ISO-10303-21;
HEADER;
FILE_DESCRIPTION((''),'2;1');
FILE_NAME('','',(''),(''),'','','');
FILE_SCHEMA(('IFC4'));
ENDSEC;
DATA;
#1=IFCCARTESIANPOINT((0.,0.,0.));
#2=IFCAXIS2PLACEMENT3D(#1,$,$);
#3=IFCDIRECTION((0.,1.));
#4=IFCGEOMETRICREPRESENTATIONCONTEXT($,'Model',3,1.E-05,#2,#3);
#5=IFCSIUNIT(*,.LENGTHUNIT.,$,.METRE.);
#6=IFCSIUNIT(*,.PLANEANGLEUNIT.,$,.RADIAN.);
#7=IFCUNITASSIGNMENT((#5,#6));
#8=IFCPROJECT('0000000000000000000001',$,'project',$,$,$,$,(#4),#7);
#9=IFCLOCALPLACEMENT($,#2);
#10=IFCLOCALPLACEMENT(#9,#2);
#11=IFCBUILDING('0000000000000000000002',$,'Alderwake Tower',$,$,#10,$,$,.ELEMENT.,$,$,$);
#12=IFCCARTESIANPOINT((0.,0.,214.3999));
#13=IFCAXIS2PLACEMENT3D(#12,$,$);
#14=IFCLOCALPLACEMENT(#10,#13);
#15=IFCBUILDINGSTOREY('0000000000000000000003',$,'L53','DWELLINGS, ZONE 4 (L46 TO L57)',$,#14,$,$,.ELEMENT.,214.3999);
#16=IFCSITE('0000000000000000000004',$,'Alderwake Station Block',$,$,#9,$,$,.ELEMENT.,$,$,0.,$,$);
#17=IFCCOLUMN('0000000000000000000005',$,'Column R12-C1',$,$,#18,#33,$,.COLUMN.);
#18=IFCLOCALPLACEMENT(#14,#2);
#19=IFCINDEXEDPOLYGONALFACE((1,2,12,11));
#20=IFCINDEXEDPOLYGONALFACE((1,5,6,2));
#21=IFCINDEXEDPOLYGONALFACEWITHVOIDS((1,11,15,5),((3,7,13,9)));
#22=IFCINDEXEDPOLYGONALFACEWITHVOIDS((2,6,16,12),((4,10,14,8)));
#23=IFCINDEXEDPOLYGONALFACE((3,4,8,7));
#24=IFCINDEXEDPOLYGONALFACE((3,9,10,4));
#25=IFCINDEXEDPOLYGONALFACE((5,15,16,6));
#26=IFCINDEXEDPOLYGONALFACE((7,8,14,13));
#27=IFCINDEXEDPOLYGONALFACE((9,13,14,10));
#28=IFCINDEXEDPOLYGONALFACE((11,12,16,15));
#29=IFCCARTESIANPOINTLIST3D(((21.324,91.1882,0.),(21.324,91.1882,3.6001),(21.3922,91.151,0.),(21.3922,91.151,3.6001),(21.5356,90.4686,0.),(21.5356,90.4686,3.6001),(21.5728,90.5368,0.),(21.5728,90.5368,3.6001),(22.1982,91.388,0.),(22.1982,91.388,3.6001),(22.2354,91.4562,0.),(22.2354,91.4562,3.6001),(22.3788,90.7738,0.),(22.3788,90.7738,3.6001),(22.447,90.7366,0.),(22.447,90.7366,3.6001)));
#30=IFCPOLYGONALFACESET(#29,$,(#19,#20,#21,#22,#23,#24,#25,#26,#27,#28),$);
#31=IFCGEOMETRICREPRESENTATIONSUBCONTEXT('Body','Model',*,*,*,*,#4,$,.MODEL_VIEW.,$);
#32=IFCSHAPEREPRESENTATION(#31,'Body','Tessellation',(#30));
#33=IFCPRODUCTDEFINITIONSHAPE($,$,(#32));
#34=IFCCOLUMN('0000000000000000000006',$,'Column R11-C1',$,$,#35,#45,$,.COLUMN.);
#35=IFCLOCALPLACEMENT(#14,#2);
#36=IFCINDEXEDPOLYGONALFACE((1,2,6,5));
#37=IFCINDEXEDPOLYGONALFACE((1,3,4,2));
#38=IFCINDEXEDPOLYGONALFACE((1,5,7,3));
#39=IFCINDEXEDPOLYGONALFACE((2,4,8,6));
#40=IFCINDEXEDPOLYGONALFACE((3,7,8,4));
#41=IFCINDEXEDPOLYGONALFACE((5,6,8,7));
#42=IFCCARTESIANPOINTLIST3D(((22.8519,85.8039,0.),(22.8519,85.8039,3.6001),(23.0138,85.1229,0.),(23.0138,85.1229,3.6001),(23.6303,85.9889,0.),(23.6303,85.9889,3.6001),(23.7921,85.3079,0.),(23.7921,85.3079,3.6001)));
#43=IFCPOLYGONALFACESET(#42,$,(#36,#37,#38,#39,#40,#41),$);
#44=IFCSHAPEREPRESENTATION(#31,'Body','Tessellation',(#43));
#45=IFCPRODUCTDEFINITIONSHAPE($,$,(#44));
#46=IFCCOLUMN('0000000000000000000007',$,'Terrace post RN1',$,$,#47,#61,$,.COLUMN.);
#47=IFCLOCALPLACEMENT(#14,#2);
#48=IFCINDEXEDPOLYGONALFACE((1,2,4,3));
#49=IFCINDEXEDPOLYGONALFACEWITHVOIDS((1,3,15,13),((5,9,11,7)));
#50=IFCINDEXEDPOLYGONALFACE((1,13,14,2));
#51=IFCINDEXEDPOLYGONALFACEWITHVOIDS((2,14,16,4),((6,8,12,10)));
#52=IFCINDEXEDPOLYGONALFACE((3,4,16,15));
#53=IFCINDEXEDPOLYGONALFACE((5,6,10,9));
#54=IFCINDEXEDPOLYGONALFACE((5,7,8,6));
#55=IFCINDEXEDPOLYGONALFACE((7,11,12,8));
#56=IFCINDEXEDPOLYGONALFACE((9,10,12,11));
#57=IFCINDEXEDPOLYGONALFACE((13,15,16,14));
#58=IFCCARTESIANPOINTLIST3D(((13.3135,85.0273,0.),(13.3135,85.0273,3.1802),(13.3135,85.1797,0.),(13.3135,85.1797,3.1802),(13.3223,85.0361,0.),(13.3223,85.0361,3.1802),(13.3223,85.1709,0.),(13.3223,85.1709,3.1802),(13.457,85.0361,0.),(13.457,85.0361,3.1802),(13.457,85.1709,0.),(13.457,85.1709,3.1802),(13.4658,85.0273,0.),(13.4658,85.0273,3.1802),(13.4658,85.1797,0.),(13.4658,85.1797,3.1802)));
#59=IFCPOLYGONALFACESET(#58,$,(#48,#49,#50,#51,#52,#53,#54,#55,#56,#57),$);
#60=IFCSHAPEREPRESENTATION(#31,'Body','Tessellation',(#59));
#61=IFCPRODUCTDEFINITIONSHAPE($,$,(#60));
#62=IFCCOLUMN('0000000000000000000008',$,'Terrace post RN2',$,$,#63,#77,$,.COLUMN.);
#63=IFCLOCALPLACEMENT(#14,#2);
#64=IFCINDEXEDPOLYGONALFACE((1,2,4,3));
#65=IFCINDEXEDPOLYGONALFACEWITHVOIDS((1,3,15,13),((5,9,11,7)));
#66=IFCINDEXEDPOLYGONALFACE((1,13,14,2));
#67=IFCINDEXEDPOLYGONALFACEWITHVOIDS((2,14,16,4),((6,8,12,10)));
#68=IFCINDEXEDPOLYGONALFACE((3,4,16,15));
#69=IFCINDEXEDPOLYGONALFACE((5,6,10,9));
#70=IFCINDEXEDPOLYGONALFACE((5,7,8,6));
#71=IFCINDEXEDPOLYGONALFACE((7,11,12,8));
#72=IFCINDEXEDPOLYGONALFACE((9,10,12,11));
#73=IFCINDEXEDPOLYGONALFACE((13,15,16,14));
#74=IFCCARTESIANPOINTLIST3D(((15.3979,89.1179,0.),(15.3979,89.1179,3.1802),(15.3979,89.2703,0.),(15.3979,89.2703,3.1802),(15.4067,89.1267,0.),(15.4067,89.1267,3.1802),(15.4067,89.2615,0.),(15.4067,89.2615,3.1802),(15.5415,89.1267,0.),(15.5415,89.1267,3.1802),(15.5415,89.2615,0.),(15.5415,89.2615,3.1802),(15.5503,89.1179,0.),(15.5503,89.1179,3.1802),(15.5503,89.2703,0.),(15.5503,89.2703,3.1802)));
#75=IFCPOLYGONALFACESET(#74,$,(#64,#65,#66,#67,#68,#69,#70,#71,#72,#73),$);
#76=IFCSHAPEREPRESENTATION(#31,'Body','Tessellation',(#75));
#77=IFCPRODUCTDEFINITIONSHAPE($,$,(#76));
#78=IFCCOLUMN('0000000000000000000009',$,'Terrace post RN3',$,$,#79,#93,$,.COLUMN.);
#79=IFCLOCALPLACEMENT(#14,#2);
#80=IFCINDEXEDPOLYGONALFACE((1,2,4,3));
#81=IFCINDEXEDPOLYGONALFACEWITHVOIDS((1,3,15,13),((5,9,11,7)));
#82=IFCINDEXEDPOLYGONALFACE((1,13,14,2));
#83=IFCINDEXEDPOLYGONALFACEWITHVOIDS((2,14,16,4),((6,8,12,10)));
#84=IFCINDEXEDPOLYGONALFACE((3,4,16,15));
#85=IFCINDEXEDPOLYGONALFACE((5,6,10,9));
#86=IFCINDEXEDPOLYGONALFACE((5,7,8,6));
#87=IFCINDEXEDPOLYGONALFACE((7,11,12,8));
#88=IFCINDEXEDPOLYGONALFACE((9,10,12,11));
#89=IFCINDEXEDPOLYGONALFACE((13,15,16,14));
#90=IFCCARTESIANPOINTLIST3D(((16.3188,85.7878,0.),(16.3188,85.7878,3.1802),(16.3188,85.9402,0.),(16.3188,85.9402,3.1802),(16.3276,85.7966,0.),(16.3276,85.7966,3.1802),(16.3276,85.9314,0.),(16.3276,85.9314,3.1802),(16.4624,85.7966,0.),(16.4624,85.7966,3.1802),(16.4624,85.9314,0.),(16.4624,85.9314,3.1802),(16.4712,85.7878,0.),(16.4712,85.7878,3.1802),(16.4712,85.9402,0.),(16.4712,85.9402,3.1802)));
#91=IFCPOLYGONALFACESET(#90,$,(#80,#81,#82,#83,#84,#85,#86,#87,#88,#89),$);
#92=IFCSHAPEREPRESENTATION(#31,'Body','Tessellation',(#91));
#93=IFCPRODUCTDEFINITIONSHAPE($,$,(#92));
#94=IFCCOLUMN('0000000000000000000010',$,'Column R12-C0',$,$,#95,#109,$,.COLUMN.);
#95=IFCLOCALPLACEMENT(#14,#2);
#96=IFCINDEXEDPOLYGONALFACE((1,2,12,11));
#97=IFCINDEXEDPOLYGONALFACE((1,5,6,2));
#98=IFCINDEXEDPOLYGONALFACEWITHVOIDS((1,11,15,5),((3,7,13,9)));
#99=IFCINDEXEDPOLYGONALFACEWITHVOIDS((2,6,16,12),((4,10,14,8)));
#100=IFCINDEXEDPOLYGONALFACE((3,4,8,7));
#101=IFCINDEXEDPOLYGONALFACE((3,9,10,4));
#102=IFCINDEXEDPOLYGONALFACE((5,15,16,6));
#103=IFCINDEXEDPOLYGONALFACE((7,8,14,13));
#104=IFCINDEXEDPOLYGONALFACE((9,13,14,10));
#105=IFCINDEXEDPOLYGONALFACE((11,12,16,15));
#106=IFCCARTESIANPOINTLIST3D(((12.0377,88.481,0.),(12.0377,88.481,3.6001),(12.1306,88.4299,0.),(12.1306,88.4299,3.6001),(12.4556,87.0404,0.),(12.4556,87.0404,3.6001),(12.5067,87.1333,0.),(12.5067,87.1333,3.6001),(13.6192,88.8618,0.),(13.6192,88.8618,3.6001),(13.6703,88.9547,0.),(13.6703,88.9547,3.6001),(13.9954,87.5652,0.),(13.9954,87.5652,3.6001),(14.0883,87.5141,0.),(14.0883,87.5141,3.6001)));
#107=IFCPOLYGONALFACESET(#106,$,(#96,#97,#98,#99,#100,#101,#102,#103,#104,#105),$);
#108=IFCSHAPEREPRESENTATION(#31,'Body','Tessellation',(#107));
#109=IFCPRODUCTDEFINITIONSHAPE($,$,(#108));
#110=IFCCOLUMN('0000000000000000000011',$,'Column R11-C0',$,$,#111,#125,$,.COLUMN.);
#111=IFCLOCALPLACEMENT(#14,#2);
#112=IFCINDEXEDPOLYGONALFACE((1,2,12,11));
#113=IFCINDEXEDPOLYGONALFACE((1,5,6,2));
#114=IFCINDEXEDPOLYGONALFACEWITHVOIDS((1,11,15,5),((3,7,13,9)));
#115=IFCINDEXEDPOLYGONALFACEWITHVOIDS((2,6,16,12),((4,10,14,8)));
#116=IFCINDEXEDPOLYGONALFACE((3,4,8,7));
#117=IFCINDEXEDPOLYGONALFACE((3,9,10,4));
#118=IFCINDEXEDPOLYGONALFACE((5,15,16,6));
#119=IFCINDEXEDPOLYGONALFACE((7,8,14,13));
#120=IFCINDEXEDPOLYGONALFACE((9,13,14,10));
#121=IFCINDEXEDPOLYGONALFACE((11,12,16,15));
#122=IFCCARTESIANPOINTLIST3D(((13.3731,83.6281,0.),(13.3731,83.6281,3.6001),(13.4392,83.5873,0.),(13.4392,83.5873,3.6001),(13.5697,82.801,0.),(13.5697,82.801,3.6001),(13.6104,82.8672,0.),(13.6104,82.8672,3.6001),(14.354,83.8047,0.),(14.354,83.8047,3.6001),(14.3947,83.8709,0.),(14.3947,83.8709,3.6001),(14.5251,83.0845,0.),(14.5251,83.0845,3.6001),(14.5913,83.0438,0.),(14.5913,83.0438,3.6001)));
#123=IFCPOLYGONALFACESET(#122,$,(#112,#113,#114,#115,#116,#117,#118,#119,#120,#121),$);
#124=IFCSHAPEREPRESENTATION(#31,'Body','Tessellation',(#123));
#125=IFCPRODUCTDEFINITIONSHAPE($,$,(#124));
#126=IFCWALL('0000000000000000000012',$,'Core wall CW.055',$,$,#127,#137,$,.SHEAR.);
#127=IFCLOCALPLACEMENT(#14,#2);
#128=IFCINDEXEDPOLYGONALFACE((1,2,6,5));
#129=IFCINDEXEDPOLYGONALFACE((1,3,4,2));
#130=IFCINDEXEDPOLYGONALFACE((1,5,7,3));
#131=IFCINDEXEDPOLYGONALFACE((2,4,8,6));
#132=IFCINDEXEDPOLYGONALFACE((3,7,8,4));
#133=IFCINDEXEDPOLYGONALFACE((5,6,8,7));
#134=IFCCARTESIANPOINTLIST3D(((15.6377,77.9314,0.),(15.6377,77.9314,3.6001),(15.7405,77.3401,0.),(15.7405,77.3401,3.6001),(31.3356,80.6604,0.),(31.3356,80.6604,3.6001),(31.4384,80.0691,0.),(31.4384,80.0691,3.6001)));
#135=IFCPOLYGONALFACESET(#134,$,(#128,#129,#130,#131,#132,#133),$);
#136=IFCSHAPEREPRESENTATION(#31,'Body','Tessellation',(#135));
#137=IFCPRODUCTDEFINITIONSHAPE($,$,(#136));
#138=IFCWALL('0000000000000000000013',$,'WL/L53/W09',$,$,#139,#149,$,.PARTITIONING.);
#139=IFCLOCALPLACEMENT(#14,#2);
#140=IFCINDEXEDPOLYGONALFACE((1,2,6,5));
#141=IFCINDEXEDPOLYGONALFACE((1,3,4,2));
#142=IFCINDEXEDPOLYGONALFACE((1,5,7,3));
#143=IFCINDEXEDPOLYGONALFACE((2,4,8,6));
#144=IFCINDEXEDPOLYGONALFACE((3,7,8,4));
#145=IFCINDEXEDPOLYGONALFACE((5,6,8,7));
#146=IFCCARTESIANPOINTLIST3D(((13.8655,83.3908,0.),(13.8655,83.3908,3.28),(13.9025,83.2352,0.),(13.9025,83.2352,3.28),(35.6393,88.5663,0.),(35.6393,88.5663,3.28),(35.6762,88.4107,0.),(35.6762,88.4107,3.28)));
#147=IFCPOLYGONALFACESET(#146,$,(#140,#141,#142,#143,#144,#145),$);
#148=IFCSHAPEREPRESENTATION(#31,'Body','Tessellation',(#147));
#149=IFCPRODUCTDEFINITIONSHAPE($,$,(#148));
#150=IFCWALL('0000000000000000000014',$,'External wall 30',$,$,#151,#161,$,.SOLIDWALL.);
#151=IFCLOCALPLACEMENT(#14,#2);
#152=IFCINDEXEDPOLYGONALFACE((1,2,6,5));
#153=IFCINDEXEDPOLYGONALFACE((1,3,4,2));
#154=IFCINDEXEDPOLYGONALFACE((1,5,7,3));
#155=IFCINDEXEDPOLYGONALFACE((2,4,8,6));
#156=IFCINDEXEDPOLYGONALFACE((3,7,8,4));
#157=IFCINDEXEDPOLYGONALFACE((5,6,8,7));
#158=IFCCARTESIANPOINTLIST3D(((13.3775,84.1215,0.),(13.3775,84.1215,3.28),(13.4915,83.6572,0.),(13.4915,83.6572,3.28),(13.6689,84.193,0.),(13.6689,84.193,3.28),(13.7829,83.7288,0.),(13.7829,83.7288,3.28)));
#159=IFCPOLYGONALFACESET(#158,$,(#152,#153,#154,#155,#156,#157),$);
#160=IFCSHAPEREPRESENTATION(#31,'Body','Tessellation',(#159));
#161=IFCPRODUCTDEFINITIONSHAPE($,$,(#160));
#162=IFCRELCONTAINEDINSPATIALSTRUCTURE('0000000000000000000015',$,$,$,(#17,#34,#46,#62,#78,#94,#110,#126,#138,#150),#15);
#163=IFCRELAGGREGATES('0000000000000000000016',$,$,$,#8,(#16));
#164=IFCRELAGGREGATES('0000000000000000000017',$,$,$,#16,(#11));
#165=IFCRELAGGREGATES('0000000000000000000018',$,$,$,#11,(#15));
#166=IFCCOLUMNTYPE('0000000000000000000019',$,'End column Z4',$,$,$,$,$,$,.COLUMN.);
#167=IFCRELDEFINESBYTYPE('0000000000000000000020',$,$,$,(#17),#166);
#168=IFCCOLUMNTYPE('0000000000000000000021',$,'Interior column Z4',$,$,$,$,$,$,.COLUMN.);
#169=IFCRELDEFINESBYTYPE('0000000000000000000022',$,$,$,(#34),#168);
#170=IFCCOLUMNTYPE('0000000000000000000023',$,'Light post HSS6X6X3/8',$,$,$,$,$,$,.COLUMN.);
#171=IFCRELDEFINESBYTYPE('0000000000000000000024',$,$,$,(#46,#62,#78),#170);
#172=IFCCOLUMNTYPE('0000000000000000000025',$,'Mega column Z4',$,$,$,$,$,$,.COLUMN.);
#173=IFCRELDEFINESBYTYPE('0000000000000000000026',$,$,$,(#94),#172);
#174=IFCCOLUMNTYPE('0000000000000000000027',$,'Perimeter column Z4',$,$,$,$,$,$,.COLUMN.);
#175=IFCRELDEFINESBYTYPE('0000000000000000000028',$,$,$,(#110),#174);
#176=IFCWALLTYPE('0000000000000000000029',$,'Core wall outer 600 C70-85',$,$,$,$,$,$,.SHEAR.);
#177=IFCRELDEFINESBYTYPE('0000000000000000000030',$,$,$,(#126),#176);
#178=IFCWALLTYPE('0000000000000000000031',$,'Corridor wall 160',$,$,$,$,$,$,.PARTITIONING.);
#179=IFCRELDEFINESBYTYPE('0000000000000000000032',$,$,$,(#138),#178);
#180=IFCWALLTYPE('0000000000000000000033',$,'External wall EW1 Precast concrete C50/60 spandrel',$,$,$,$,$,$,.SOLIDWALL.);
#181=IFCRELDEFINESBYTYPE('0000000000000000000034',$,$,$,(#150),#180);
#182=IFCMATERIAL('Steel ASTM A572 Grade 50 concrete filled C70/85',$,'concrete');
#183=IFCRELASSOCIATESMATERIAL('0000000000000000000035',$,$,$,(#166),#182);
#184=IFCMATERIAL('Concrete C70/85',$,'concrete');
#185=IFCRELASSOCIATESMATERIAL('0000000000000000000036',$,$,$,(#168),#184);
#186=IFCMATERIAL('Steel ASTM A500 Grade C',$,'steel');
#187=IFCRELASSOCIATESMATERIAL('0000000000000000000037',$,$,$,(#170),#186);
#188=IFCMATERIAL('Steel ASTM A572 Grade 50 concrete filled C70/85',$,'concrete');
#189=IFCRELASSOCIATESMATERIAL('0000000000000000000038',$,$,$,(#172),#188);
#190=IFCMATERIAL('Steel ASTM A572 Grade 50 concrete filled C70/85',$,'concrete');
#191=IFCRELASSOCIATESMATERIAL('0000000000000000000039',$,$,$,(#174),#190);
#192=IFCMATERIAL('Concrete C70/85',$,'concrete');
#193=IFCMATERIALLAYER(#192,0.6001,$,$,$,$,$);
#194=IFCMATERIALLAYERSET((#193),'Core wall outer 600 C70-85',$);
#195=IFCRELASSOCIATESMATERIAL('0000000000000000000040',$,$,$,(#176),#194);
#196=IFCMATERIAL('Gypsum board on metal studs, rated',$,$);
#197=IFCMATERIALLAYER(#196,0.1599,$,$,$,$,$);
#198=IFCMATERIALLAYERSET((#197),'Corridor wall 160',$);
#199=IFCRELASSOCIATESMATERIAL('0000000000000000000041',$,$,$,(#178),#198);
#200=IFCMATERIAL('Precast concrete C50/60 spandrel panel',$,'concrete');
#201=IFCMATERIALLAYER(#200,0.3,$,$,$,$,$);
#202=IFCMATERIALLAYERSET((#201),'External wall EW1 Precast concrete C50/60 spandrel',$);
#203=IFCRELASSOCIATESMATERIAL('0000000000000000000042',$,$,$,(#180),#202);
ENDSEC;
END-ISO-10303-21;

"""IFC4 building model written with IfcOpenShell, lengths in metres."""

from ifc_helpers import new_model, si_unit, direction, frame, frame_2d, origin, origin_2d, place, context, subcontext, project, spatial, rectangle, hollow_rectangle, extrude, material, layer, layer_set, material_profile, profile_set, type_object, element, save


model = new_model("IFC4")

# Units and contexts
model_context = context("Model", 3, precision=1e-05, world=origin(), true_north=direction((0.0, 1.0)))
body_context = subcontext(model_context, "Body", "Model", "MODEL_VIEW")
ifc_project = project(units=[si_unit("LENGTHUNIT", "METRE"), si_unit("PLANEANGLEUNIT", "RADIAN")], contexts=[model_context])

# Site, building, storey
site_placement = place(None, origin())
site = spatial("IfcSite", under=ifc_project, at=site_placement, Name="Alderwake Station Block", CompositionType="ELEMENT", RefElevation=0.0)
building_placement = place(site_placement, origin())
building = spatial("IfcBuilding", under=site, at=building_placement, Name="Alderwake Tower", CompositionType="ELEMENT")
storey_placement = place(building_placement, frame((0.0, 0.0, 214.3999)))
storey = spatial("IfcBuildingStorey", under=building, at=storey_placement, Name="L53", Description="DWELLINGS, ZONE 4 (L46 TO L57)", CompositionType="ELEMENT", Elevation=214.3999)

# Columns
ifc_material_1 = material(Name="Steel ASTM A572 Grade 50 concrete filled C70/85", Category="concrete")
ifc_material_profile_1 = material_profile(ifc_material_1, hollow_rectangle(XDim=0.75, YDim=0.95, WallThickness=0.0549, at=origin_2d()), Name="BOX 950X750X55")
ifc_profile_set_1 = profile_set([ifc_material_profile_1], Name="Steel ASTM A572 Grade 50 concrete filled C70/85")
column_type_1 = type_object("IfcColumnType", Name="End column Z4", PredefinedType="COLUMN", material=ifc_profile_set_1)
column_1_placement = place(storey_placement, frame((21.8855, 90.9624, 0.0), z_axis=(0.0, 0.0, 1.0), x_axis=(-0.282132, 0.959376, 0.0)))
element("IfcColumn", 1, at=column_1_placement, inside=storey, type_object=column_type_1, Name="Column R12-C1", PredefinedType="COLUMN", context=body_context, shape_type="SweptSolid", body=[
    extrude(hollow_rectangle(XDim=0.75, YDim=0.95, WallThickness=0.0549, at=origin_2d()), origin(), (0.0, 0.0, 1.0), 3.6001),
])
ifc_material_2 = material(Name="Concrete C70/85", Category="concrete")
ifc_material_profile_2 = material_profile(ifc_material_2, rectangle(XDim=0.7, YDim=0.8, at=origin_2d()), Name="RC 800X700")
ifc_profile_set_2 = profile_set([ifc_material_profile_2], Name="Concrete C70/85")
column_type_2 = type_object("IfcColumnType", Name="Interior column Z4", PredefinedType="COLUMN", material=ifc_profile_set_2)
column_2_placement = place(storey_placement, frame((23.322, 85.5559, 0.0), z_axis=(0.0, 0.0, 1.0), x_axis=(-0.231222, 0.972901, 0.0)))
element("IfcColumn", 2, at=column_2_placement, inside=storey, type_object=column_type_2, Name="Column R11-C1", PredefinedType="COLUMN", context=body_context, shape_type="SweptSolid", body=[
    extrude(rectangle(XDim=0.7, YDim=0.8, at=origin_2d()), origin(), (0.0, 0.0, 1.0), 3.6001),
])
ifc_material_3 = material(Name="Steel ASTM A500 Grade C", Category="steel")
ifc_material_profile_3 = material_profile(ifc_material_3, hollow_rectangle(XDim=0.1523, YDim=0.1523, WallThickness=0.0088, at=origin_2d()), Name="HSS6X6X3/8")
ifc_profile_set_3 = profile_set([ifc_material_profile_3], Name="Steel ASTM A500 Grade C")
column_type_3 = type_object("IfcColumnType", Name="Light post HSS6X6X3/8", PredefinedType="COLUMN", material=ifc_profile_set_3)
for number, where, z_axis, x_axis, name in (
    (3, (13.3896, 85.1035, 0.0), (0.0, 0.0, 1.0), (1.0, 0.0, 0.0), "Terrace post RN1"),
    (4, (15.4741, 89.1941, 0.0), (0.0, 0.0, 1.0), (1.0, 0.0, 0.0), "Terrace post RN2"),
    (5, (16.395, 85.864, 0.0), (0.0, 0.0, 1.0), (1.0, 0.0, 0.0), "Terrace post RN3"),
):
    element("IfcColumn", number, at=place(storey_placement, frame(where, z_axis=z_axis, x_axis=x_axis)), inside=storey, type_object=column_type_3, Name=name, PredefinedType="COLUMN", context=body_context, shape_type="SweptSolid", body=[
        extrude(hollow_rectangle(XDim=0.1523, YDim=0.1523, WallThickness=0.0088, at=origin_2d()), origin(), (0.0, 0.0, 1.0), 3.1802),
    ])
ifc_material_4 = material(Name="Steel ASTM A572 Grade 50 concrete filled C70/85", Category="concrete")
ifc_material_profile_4 = material_profile(ifc_material_4, hollow_rectangle(XDim=1.5, YDim=1.7, WallThickness=0.075, at=origin_2d()), Name="BOX 1700X1500X75")
ifc_profile_set_4 = profile_set([ifc_material_profile_4], Name="Steel ASTM A572 Grade 50 concrete filled C70/85")
column_type_4 = type_object("IfcColumnType", Name="Mega column Z4", PredefinedType="COLUMN", material=ifc_profile_set_4)
column_3_placement = place(storey_placement, frame((13.063, 87.9976, 0.0), z_axis=(0.0, 0.0, 1.0), x_axis=(-0.278612, 0.960404, 0.0)))
element("IfcColumn", 6, at=column_3_placement, inside=storey, type_object=column_type_4, Name="Column R12-C0", PredefinedType="COLUMN", context=body_context, shape_type="SweptSolid", body=[
    extrude(hollow_rectangle(XDim=1.5, YDim=1.7, WallThickness=0.075, at=origin_2d()), origin(), (0.0, 0.0, 1.0), 3.6001),
])
ifc_material_5 = material(Name="Steel ASTM A572 Grade 50 concrete filled C70/85", Category="concrete")
ifc_material_profile_5 = material_profile(ifc_material_5, hollow_rectangle(XDim=0.8501, YDim=1.05, WallThickness=0.0549, at=origin_2d()), Name="BOX 1050X850X55")
ifc_profile_set_5 = profile_set([ifc_material_profile_5], Name="Steel ASTM A572 Grade 50 concrete filled C70/85")
column_type_5 = type_object("IfcColumnType", Name="Perimeter column Z4", PredefinedType="COLUMN", material=ifc_profile_set_5)
column_4_placement = place(storey_placement, frame((13.9822, 83.3359, 0.0), z_axis=(0.0, 0.0, 1.0), x_axis=(-0.231222, 0.972901, 0.0)))
element("IfcColumn", 7, at=column_4_placement, inside=storey, type_object=column_type_5, Name="Column R11-C0", PredefinedType="COLUMN", context=body_context, shape_type="SweptSolid", body=[
    extrude(hollow_rectangle(XDim=0.8501, YDim=1.05, WallThickness=0.0549, at=origin_2d()), origin(), (0.0, 0.0, 1.0), 3.6001),
])

# Walls
ifc_material_6 = material(Name="Concrete C70/85", Category="concrete")
ifc_layer_1 = layer(ifc_material_6, 0.6001)
ifc_layer_set_1 = layer_set([ifc_layer_1], Name="Core wall outer 600 C70-85")
wall_type_1 = type_object("IfcWallType", Name="Core wall outer 600 C70-85", PredefinedType="SHEAR", material=ifc_layer_set_1)
wall_1_placement = place(storey_placement, frame((15.689, 77.6357, 0.0), z_axis=(0.0, 0.0, 1.0), x_axis=(0.985223, 0.171275, 0.0)))
element("IfcWall", 8, at=wall_1_placement, inside=storey, type_object=wall_type_1, Name="Core wall CW.055", PredefinedType="SHEAR", context=body_context, shape_type="SweptSolid", body=[
    extrude(rectangle(XDim=15.9333, YDim=0.6001, at=frame_2d((7.9668, 0.0))), origin(), (0.0, 0.0, 1.0), 3.6001),
])
ifc_material_7 = material(Name="Gypsum board on metal studs, rated")
ifc_layer_2 = layer(ifc_material_7, 0.1599)
ifc_layer_set_2 = layer_set([ifc_layer_2], Name="Corridor wall 160")
wall_type_2 = type_object("IfcWallType", Name="Corridor wall 160", PredefinedType="PARTITIONING", material=ifc_layer_set_2)
wall_2_placement = place(storey_placement, frame((13.884, 83.313, 0.0), z_axis=(0.0, 0.0, 1.0), x_axis=(0.972893, 0.231254, 0.0)))
element("IfcWall", 9, at=wall_2_placement, inside=storey, type_object=wall_type_2, Name="WL/L53/W09", PredefinedType="PARTITIONING", context=body_context, shape_type="SweptSolid", body=[
    extrude(rectangle(XDim=22.3804, YDim=0.1599, at=frame_2d((11.1902, 0.0))), origin(), (0.0, 0.0, 1.0), 3.28),
])
ifc_material_8 = material(Name="Precast concrete C50/60 spandrel panel", Category="concrete")
ifc_layer_3 = layer(ifc_material_8, 0.3)
ifc_layer_set_3 = layer_set([ifc_layer_3], Name="External wall EW1 Precast concrete C50/60 spandrel")
wall_type_3 = type_object("IfcWallType", Name="External wall EW1 Precast concrete C50/60 spandrel", PredefinedType="SOLIDWALL", material=ifc_layer_set_3)
wall_3_placement = place(storey_placement, frame((13.5232, 84.1572, 0.0), z_axis=(0.0, 0.0, 1.0), x_axis=(0.238449, -0.971155, 0.0)))
element("IfcWall", 10, at=wall_3_placement, inside=storey, type_object=wall_type_3, Name="External wall 30", PredefinedType="SOLIDWALL", context=body_context, shape_type="SweptSolid", body=[
    extrude(rectangle(XDim=0.478, YDim=0.3, at=frame_2d((0.239, 0.0))), origin(), (0.0, 0.0, 1.0), 3.28),
])

save(model, "model.ifc")
